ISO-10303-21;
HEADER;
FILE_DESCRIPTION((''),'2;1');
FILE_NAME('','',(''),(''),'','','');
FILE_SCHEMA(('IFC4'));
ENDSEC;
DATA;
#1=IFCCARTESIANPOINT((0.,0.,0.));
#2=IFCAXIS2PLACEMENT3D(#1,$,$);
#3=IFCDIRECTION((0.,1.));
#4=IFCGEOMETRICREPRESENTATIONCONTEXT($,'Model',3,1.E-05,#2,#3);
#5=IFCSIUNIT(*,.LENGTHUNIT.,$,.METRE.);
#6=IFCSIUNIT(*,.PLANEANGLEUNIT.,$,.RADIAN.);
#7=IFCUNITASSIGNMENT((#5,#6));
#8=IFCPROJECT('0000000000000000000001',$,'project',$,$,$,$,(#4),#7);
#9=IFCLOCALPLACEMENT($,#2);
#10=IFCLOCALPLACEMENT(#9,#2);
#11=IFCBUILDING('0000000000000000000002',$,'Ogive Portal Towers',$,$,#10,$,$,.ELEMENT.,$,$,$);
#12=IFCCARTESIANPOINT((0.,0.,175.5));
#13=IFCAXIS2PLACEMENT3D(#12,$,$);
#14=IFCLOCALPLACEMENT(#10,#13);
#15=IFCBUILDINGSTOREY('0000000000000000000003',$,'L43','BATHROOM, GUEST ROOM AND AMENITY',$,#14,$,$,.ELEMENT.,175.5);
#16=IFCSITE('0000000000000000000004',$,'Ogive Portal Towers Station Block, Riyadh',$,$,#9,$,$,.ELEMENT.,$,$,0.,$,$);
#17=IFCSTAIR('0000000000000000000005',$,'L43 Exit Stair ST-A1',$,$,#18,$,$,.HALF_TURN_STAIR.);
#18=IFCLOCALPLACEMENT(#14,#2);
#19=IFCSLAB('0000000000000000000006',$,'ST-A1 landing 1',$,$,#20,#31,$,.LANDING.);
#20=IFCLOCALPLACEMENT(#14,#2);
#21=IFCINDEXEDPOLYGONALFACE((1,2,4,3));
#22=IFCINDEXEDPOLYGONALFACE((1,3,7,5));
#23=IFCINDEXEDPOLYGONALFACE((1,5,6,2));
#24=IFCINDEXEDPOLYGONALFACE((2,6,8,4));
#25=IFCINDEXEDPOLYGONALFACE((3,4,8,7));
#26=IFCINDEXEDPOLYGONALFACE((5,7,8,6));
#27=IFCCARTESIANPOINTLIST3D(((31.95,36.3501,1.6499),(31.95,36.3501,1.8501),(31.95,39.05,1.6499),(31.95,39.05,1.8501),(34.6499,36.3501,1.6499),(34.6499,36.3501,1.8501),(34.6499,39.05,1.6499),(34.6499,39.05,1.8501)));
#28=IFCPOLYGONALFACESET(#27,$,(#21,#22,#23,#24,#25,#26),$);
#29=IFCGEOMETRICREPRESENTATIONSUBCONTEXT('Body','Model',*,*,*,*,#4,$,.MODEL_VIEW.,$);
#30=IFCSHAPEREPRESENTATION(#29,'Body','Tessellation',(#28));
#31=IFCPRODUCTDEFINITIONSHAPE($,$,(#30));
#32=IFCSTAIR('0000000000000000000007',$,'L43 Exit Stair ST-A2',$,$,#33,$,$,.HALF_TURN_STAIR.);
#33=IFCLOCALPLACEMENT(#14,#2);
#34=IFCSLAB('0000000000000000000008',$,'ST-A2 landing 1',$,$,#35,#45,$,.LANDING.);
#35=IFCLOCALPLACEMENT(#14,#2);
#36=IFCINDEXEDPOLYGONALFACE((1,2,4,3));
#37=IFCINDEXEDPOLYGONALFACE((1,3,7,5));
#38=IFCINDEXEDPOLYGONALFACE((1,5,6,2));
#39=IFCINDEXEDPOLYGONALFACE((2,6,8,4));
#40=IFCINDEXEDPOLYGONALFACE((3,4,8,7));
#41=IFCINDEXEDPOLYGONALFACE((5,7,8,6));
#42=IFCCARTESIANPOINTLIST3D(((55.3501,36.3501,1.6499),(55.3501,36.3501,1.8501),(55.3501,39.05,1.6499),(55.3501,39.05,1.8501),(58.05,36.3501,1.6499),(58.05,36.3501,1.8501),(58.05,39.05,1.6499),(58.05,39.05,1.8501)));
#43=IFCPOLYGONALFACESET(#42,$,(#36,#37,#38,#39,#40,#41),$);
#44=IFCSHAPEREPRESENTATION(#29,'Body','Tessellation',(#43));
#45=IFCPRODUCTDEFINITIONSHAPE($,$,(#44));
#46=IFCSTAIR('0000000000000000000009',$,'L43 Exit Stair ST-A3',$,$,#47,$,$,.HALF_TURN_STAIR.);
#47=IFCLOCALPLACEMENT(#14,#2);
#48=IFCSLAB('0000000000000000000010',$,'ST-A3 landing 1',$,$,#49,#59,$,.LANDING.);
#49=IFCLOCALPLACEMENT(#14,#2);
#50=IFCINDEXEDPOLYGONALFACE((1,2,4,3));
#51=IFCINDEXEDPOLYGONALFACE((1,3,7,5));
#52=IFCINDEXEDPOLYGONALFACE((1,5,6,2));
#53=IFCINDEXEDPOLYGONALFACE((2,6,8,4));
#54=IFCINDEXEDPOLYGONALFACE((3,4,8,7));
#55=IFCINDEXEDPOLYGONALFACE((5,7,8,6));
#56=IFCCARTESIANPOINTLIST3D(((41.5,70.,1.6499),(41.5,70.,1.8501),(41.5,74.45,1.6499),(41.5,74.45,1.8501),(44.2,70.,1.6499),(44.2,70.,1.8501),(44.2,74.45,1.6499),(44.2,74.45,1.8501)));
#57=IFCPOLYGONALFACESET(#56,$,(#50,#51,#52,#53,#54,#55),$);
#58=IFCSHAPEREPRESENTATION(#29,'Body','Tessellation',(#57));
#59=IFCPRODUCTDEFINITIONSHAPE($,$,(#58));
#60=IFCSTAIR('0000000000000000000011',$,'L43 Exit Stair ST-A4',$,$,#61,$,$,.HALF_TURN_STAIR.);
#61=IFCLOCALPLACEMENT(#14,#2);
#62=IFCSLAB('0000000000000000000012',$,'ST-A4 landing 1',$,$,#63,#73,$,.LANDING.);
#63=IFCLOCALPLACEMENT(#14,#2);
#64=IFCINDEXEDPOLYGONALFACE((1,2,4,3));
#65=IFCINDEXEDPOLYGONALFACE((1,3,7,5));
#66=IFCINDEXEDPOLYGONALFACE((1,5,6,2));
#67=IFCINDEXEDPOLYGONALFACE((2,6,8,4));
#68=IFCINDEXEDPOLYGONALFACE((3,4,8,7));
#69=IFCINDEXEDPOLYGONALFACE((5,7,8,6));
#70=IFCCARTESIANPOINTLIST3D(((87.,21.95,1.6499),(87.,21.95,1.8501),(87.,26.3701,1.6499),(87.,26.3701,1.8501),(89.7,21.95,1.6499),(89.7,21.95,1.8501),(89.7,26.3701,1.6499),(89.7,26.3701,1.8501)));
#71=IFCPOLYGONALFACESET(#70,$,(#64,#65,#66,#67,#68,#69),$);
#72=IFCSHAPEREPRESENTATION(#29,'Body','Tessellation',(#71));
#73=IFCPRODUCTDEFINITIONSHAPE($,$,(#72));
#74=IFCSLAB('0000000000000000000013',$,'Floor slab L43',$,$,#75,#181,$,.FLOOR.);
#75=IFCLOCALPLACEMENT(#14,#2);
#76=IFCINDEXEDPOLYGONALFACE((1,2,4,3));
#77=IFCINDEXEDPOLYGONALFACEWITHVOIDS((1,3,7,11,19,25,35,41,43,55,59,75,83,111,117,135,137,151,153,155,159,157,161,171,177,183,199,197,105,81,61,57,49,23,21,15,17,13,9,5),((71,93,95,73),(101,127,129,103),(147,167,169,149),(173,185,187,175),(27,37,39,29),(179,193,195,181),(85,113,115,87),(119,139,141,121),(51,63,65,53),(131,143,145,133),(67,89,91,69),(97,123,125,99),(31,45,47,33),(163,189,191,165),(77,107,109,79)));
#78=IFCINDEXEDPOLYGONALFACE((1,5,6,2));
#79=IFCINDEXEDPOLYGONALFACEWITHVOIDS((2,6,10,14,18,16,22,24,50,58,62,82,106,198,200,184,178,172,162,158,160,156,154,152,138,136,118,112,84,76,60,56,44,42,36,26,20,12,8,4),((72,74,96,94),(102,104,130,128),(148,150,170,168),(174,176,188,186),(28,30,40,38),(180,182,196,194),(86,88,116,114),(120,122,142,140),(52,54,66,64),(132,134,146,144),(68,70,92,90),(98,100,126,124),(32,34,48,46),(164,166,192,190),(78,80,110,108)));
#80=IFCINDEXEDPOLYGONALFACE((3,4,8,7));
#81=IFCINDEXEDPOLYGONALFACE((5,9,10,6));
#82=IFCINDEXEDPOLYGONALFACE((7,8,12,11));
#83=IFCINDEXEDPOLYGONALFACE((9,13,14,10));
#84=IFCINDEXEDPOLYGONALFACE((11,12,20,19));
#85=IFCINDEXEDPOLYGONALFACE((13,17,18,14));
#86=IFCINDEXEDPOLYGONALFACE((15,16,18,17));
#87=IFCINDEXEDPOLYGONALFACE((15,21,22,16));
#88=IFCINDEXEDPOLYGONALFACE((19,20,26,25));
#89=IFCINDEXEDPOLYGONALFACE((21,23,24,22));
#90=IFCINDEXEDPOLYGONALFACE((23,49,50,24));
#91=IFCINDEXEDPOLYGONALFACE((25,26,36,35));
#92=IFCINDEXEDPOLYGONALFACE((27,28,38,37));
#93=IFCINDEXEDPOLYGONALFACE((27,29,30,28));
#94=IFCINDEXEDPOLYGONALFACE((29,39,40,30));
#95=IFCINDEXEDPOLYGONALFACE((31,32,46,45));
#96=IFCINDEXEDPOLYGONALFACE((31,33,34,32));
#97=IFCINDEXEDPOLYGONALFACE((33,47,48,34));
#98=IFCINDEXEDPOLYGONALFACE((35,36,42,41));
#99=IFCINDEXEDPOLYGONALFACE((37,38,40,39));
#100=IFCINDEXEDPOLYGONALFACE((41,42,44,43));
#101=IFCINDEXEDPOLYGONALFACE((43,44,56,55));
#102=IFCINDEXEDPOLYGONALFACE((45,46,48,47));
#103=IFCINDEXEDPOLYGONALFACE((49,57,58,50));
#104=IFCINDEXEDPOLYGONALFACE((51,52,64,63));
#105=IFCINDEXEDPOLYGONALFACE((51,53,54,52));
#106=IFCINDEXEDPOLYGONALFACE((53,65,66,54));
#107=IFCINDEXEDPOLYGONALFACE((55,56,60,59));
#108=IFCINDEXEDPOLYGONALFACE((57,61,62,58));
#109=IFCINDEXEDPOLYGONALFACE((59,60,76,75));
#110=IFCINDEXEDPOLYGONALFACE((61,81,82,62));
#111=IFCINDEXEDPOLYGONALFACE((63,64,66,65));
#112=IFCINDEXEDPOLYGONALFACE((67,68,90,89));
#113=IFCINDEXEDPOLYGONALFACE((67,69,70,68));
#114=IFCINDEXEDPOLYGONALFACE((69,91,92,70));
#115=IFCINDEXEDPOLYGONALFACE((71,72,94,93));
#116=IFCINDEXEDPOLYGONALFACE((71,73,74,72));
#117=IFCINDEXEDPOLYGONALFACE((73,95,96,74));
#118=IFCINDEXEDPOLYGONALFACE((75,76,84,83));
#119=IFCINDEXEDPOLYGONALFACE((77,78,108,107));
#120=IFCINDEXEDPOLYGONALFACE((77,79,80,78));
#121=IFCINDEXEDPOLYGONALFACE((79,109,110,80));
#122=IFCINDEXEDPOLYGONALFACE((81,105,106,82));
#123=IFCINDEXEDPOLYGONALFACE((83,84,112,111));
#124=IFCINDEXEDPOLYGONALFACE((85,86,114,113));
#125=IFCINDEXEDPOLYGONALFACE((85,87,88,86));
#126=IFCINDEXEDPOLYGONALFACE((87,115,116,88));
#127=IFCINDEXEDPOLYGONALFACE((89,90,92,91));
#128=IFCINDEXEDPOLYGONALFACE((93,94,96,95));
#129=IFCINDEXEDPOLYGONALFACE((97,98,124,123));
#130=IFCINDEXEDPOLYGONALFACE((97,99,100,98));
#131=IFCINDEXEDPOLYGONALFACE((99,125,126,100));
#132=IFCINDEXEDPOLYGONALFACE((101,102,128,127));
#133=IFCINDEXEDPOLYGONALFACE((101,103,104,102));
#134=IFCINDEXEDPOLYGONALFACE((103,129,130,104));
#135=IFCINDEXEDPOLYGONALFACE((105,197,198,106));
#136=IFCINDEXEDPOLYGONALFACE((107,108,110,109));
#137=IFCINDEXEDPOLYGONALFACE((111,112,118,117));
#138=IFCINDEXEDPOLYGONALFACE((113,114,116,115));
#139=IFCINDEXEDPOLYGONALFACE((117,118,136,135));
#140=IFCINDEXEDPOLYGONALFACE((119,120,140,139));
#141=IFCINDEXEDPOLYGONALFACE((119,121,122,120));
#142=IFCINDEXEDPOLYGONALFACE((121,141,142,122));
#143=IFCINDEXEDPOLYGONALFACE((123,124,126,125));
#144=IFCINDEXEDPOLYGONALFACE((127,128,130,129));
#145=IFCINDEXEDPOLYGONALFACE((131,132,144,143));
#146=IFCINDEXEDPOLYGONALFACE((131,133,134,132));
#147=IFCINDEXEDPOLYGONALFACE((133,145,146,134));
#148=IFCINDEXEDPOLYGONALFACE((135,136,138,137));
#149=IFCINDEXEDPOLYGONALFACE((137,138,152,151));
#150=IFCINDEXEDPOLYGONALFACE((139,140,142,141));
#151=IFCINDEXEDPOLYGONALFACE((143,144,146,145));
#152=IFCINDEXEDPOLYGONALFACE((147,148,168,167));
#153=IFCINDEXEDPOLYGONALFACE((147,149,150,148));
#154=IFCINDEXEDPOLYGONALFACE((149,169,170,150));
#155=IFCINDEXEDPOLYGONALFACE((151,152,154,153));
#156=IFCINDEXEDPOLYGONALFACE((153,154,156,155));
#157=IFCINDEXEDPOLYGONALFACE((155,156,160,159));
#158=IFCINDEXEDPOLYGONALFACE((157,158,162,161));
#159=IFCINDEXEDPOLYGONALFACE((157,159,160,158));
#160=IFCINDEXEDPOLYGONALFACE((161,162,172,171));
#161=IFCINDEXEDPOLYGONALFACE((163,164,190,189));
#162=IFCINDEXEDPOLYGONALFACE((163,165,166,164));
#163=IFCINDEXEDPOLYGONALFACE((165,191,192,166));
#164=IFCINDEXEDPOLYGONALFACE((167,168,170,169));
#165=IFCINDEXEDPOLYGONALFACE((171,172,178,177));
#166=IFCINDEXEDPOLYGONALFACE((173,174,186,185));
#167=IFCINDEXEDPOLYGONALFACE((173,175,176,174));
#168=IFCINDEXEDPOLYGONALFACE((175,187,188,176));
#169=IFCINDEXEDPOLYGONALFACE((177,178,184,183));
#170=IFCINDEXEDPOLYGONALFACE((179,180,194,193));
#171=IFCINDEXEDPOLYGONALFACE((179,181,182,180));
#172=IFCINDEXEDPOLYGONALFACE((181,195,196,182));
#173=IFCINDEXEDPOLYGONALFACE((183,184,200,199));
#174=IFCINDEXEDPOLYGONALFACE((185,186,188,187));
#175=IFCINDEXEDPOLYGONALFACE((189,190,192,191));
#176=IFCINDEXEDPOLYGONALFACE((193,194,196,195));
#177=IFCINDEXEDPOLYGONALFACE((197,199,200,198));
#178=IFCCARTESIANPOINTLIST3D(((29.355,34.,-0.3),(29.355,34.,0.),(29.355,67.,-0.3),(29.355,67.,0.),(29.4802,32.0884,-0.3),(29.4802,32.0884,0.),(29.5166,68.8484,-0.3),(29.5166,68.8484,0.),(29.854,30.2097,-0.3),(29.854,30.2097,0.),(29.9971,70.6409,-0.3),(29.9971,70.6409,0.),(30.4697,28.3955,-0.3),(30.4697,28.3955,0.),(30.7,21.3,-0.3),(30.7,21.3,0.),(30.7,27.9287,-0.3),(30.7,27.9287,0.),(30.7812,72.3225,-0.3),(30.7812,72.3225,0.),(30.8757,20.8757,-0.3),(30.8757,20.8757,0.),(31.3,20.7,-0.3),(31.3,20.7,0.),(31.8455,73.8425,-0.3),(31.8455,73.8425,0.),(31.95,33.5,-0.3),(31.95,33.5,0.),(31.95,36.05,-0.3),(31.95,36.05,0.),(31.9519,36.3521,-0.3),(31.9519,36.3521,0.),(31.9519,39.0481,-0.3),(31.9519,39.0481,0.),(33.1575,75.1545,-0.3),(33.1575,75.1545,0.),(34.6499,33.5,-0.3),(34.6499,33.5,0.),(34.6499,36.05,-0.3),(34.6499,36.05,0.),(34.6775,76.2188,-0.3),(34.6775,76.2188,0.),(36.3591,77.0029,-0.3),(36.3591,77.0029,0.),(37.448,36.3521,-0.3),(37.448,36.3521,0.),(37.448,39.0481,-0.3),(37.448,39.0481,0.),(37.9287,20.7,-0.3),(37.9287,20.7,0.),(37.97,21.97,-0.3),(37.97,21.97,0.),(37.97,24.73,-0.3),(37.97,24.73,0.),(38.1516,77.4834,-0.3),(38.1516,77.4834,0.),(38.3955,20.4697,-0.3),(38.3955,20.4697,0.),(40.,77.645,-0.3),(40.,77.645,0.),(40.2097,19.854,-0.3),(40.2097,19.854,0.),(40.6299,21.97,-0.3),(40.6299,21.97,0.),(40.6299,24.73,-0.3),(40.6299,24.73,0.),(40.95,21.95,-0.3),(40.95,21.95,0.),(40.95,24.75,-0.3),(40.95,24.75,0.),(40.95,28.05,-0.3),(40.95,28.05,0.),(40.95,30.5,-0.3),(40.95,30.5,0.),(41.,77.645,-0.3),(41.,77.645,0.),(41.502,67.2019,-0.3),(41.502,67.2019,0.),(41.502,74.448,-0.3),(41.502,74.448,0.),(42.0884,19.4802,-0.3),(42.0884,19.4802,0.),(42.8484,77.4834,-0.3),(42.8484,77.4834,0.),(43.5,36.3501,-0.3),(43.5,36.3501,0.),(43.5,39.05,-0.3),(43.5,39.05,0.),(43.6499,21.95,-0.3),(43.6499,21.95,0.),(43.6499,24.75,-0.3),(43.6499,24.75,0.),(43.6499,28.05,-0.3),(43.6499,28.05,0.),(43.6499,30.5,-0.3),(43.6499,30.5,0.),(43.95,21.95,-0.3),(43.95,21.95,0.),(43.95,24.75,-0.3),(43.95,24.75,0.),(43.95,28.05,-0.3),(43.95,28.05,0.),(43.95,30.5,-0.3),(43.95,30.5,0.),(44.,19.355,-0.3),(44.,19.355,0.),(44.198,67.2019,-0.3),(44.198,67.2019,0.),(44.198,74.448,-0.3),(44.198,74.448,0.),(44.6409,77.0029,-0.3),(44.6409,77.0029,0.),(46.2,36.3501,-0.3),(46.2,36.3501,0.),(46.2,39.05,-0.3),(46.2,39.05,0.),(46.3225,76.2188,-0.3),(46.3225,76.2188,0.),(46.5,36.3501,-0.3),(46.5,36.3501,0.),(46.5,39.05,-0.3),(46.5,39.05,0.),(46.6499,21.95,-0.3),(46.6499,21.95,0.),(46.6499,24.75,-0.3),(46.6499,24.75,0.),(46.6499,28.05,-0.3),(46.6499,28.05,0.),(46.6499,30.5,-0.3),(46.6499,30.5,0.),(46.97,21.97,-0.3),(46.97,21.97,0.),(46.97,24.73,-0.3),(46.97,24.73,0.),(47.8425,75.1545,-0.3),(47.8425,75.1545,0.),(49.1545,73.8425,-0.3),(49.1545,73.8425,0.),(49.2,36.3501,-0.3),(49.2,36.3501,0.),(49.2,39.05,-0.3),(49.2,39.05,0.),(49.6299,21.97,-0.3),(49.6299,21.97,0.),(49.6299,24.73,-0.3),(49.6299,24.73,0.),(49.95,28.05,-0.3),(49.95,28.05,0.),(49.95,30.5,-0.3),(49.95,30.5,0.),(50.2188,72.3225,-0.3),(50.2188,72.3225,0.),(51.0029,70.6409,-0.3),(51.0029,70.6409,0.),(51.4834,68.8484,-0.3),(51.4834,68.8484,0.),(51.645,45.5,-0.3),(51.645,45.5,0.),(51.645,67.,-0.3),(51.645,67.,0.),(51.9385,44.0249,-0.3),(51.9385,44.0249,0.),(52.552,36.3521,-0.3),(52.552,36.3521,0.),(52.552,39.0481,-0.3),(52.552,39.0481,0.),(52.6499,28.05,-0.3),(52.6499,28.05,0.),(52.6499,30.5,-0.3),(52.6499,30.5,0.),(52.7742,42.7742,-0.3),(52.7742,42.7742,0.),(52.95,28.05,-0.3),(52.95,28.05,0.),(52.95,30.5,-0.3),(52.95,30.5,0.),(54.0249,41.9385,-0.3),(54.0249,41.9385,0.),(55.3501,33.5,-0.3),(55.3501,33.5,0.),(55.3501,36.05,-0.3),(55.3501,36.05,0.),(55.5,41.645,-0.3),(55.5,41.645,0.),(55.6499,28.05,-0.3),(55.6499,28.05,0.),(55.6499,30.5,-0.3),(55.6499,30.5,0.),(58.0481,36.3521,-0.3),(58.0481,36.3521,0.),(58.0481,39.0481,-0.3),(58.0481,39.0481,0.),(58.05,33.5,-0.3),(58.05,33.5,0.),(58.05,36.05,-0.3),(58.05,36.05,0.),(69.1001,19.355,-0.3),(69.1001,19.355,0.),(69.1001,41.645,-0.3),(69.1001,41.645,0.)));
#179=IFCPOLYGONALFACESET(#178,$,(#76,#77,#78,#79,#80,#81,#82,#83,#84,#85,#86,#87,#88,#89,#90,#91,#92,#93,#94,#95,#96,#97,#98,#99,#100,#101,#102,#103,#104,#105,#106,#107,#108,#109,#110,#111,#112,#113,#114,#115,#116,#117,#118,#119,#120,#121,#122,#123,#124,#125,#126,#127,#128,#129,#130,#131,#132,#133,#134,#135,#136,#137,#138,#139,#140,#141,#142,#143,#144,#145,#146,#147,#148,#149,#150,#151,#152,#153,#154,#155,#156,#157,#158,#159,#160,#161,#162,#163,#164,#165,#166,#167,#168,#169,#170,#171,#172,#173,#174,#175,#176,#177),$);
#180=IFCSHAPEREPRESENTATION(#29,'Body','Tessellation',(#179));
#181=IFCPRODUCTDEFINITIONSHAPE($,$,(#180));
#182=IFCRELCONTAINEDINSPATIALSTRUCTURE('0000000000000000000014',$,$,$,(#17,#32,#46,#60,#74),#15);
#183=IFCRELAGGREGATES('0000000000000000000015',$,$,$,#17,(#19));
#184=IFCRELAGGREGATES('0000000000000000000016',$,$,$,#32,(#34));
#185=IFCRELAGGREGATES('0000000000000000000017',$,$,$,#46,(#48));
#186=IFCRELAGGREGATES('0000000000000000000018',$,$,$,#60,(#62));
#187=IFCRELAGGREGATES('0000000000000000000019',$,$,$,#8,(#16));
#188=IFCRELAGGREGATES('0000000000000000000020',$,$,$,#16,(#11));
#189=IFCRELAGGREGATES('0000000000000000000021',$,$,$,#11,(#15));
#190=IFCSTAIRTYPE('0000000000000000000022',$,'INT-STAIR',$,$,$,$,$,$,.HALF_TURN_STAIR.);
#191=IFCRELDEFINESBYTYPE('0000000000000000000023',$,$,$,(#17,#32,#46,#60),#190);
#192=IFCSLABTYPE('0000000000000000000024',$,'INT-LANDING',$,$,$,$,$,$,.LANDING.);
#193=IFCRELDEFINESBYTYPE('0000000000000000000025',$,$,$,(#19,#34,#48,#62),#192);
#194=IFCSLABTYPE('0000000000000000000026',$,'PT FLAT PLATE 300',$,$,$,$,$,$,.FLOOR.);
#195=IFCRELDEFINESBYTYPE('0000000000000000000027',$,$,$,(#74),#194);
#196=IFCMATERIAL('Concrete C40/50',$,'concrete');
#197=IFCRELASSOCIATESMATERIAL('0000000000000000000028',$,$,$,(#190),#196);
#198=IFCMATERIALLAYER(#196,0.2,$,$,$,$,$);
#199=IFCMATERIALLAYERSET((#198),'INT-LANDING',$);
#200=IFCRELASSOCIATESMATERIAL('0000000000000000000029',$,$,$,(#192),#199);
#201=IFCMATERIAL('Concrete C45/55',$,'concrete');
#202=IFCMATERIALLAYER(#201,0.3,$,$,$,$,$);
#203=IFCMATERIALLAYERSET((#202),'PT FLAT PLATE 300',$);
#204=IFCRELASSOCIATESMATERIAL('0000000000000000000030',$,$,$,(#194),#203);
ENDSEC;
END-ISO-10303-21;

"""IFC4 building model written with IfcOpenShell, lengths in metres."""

from ifc_helpers import new_model, si_unit, direction, frame, origin, place, context, subcontext, project, spatial, polyline, outline, extrude, material, layer, layer_set, type_object, element, aggregate, save


model = new_model("IFC4")

# Units and contexts
model_context = context("Model", 3, precision=1e-05, world=origin(), true_north=direction((0.0, 1.0)))
body_context = subcontext(model_context, "Body", "Model", "MODEL_VIEW")
ifc_project = project(units=[si_unit("LENGTHUNIT", "METRE"), si_unit("PLANEANGLEUNIT", "RADIAN")], contexts=[model_context])

# Site, building, storey
site_placement = place(None, origin())
site = spatial("IfcSite", under=ifc_project, at=site_placement, Name="Ogive Portal Towers Station Block, Riyadh", CompositionType="ELEMENT", RefElevation=0.0)
building_placement = place(site_placement, origin())
building = spatial("IfcBuilding", under=site, at=building_placement, Name="Ogive Portal Towers", CompositionType="ELEMENT")
storey_placement = place(building_placement, frame((0.0, 0.0, 175.5)))
storey = spatial("IfcBuildingStorey", under=building, at=storey_placement, Name="L43", Description="BATHROOM, GUEST ROOM AND AMENITY", CompositionType="ELEMENT", Elevation=175.5)

# Stairs, slabs
ifc_material_1 = material(Name="Concrete C40/50", Category="concrete")
stair_type = type_object("IfcStairType", Name="INT-STAIR", PredefinedType="HALF_TURN_STAIR", material=ifc_material_1)
stair_1_placement = place(storey_placement, origin())
stair_1 = element("IfcStair", 1, at=stair_1_placement, inside=storey, type_object=stair_type, Name="L43 Exit Stair ST-A1", PredefinedType="HALF_TURN_STAIR")
ifc_layer_1 = layer(ifc_material_1, 0.2)
ifc_layer_set_1 = layer_set([ifc_layer_1], Name="INT-LANDING")
slab_type_1 = type_object("IfcSlabType", Name="INT-LANDING", PredefinedType="LANDING", material=ifc_layer_set_1)
slab_1_placement = place(storey_placement, frame((0.0, 0.0, 1.6499)))
slab_1 = element("IfcSlab", 2, at=slab_1_placement, type_object=slab_type_1, Name="ST-A1 landing 1", PredefinedType="LANDING", context=body_context, shape_type="SweptSolid", body=[
    extrude(outline(polyline([(34.6499, 39.05), (31.95, 39.05), (31.95, 36.3501), (34.6499, 36.3501), (34.6499, 39.05)])), origin(), (0.0, 0.0, 1.0), 0.2002),
])
aggregate(stair_1, [slab_1])
stair_2_placement = place(storey_placement, origin())
stair_2 = element("IfcStair", 3, at=stair_2_placement, inside=storey, type_object=stair_type, Name="L43 Exit Stair ST-A2", PredefinedType="HALF_TURN_STAIR")
slab_2_placement = place(storey_placement, frame((0.0, 0.0, 1.6499)))
slab_2 = element("IfcSlab", 4, at=slab_2_placement, type_object=slab_type_1, Name="ST-A2 landing 1", PredefinedType="LANDING", context=body_context, shape_type="SweptSolid", body=[
    extrude(outline(polyline([(55.3501, 36.3501), (58.05, 36.3501), (58.05, 39.05), (55.3501, 39.05), (55.3501, 36.3501)])), origin(), (0.0, 0.0, 1.0), 0.2002),
])
aggregate(stair_2, [slab_2])
stair_3_placement = place(storey_placement, origin())
stair_3 = element("IfcStair", 5, at=stair_3_placement, inside=storey, type_object=stair_type, Name="L43 Exit Stair ST-A3", PredefinedType="HALF_TURN_STAIR")
slab_3_placement = place(storey_placement, frame((0.0, 0.0, 1.6499)))
slab_3 = element("IfcSlab", 6, at=slab_3_placement, type_object=slab_type_1, Name="ST-A3 landing 1", PredefinedType="LANDING", context=body_context, shape_type="SweptSolid", body=[
    extrude(outline(polyline([(44.2, 70.0), (44.2, 74.45), (41.5, 74.45), (41.5, 70.0), (44.2, 70.0)])), origin(), (0.0, 0.0, 1.0), 0.2002),
])
aggregate(stair_3, [slab_3])
stair_4_placement = place(storey_placement, origin())
stair_4 = element("IfcStair", 7, at=stair_4_placement, inside=storey, type_object=stair_type, Name="L43 Exit Stair ST-A4", PredefinedType="HALF_TURN_STAIR")
slab_4_placement = place(storey_placement, frame((0.0, 0.0, 1.6499)))
slab_4 = element("IfcSlab", 8, at=slab_4_placement, type_object=slab_type_1, Name="ST-A4 landing 1", PredefinedType="LANDING", context=body_context, shape_type="SweptSolid", body=[
    extrude(outline(polyline([(87.0, 26.3701), (87.0, 21.95), (89.7, 21.95), (89.7, 26.3701), (87.0, 26.3701)])), origin(), (0.0, 0.0, 1.0), 0.2002),
])
aggregate(stair_4, [slab_4])

# Slab
ifc_material_2 = material(Name="Concrete C45/55", Category="concrete")
ifc_layer_2 = layer(ifc_material_2, 0.3)
ifc_layer_set_2 = layer_set([ifc_layer_2], Name="PT FLAT PLATE 300")
slab_type_2 = type_object("IfcSlabType", Name="PT FLAT PLATE 300", PredefinedType="FLOOR", material=ifc_layer_set_2)
slab_5_placement = place(storey_placement, frame((0.0, 0.0, -0.3)))
element("IfcSlab", 9, at=slab_5_placement, inside=storey, type_object=slab_type_2, Name="Floor slab L43", PredefinedType="FLOOR", context=body_context, shape_type="SweptSolid", body=[
    extrude(outline(polyline([(29.4802, 32.0884), (29.854, 30.2097), (30.4697, 28.3955), (30.7, 27.9287), (30.7, 21.3), (30.8757, 20.8757), (31.3, 20.7), (37.9287, 20.7), (38.3955, 20.4697), (40.2097, 19.854), (42.0884, 19.4802), (44.0, 19.355), (69.1001, 19.355), (69.1001, 41.645), (55.5, 41.645), (54.0249, 41.9385), (52.7742, 42.7742), (51.9385, 44.0249), (51.645, 45.5), (51.645, 67.0), (51.4834, 68.8484), (51.0029, 70.6409), (50.2188, 72.3225), (49.1545, 73.8425), (47.8425, 75.1545), (46.3225, 76.2188), (44.6409, 77.0029), (42.8484, 77.4834), (41.0, 77.645), (40.0, 77.645), (38.1516, 77.4834), (36.3591, 77.0029), (34.6775, 76.2188), (33.1575, 75.1545), (31.8455, 73.8425), (30.7812, 72.3225), (29.9971, 70.6409), (29.5166, 68.8484), (29.355, 67.0), (29.355, 34.0), (29.4802, 32.0884)]), holes=[polyline([(40.6299, 21.97), (37.97, 21.97), (37.97, 24.73), (40.6299, 24.73), (40.6299, 21.97)]), polyline([(43.6499, 24.75), (43.6499, 21.95), (40.95, 21.95), (40.95, 24.75), (43.6499, 24.75)]), polyline([(46.6499, 24.75), (46.6499, 21.95), (43.95, 21.95), (43.95, 24.75), (46.6499, 24.75)]), polyline([(43.6499, 30.5), (43.6499, 28.05), (40.95, 28.05), (40.95, 30.5), (43.6499, 30.5)]), polyline([(46.6499, 30.5), (46.6499, 28.05), (43.95, 28.05), (43.95, 30.5), (46.6499, 30.5)]), polyline([(34.6499, 36.05), (34.6499, 33.5), (31.95, 33.5), (31.95, 36.05), (34.6499, 36.05)]), polyline([(31.9519, 39.0481), (37.448, 39.0481), (37.448, 36.3521), (31.9519, 36.3521), (31.9519, 39.0481)]), polyline([(46.2, 39.05), (46.2, 36.3501), (43.5, 36.3501), (43.5, 39.05), (46.2, 39.05)]), polyline([(44.198, 74.448), (44.198, 67.2019), (41.502, 67.2019), (41.502, 74.448), (44.198, 74.448)]), polyline([(49.6299, 21.97), (46.97, 21.97), (46.97, 24.73), (49.6299, 24.73), (49.6299, 21.97)]), polyline([(52.6499, 30.5), (52.6499, 28.05), (49.95, 28.05), (49.95, 30.5), (52.6499, 30.5)]), polyline([(55.6499, 30.5), (55.6499, 28.05), (52.95, 28.05), (52.95, 30.5), (55.6499, 30.5)]), polyline([(58.05, 36.05), (58.05, 33.5), (55.3501, 33.5), (55.3501, 36.05), (58.05, 36.05)]), polyline([(49.2, 36.3501), (46.5, 36.3501), (46.5, 39.05), (49.2, 39.05), (49.2, 36.3501)]), polyline([(52.552, 36.3521), (52.552, 39.0481), (58.0481, 39.0481), (58.0481, 36.3521), (52.552, 36.3521)])]), origin(), (0.0, 0.0, 1.0), 0.3),
])

save(model, "model.ifc")
